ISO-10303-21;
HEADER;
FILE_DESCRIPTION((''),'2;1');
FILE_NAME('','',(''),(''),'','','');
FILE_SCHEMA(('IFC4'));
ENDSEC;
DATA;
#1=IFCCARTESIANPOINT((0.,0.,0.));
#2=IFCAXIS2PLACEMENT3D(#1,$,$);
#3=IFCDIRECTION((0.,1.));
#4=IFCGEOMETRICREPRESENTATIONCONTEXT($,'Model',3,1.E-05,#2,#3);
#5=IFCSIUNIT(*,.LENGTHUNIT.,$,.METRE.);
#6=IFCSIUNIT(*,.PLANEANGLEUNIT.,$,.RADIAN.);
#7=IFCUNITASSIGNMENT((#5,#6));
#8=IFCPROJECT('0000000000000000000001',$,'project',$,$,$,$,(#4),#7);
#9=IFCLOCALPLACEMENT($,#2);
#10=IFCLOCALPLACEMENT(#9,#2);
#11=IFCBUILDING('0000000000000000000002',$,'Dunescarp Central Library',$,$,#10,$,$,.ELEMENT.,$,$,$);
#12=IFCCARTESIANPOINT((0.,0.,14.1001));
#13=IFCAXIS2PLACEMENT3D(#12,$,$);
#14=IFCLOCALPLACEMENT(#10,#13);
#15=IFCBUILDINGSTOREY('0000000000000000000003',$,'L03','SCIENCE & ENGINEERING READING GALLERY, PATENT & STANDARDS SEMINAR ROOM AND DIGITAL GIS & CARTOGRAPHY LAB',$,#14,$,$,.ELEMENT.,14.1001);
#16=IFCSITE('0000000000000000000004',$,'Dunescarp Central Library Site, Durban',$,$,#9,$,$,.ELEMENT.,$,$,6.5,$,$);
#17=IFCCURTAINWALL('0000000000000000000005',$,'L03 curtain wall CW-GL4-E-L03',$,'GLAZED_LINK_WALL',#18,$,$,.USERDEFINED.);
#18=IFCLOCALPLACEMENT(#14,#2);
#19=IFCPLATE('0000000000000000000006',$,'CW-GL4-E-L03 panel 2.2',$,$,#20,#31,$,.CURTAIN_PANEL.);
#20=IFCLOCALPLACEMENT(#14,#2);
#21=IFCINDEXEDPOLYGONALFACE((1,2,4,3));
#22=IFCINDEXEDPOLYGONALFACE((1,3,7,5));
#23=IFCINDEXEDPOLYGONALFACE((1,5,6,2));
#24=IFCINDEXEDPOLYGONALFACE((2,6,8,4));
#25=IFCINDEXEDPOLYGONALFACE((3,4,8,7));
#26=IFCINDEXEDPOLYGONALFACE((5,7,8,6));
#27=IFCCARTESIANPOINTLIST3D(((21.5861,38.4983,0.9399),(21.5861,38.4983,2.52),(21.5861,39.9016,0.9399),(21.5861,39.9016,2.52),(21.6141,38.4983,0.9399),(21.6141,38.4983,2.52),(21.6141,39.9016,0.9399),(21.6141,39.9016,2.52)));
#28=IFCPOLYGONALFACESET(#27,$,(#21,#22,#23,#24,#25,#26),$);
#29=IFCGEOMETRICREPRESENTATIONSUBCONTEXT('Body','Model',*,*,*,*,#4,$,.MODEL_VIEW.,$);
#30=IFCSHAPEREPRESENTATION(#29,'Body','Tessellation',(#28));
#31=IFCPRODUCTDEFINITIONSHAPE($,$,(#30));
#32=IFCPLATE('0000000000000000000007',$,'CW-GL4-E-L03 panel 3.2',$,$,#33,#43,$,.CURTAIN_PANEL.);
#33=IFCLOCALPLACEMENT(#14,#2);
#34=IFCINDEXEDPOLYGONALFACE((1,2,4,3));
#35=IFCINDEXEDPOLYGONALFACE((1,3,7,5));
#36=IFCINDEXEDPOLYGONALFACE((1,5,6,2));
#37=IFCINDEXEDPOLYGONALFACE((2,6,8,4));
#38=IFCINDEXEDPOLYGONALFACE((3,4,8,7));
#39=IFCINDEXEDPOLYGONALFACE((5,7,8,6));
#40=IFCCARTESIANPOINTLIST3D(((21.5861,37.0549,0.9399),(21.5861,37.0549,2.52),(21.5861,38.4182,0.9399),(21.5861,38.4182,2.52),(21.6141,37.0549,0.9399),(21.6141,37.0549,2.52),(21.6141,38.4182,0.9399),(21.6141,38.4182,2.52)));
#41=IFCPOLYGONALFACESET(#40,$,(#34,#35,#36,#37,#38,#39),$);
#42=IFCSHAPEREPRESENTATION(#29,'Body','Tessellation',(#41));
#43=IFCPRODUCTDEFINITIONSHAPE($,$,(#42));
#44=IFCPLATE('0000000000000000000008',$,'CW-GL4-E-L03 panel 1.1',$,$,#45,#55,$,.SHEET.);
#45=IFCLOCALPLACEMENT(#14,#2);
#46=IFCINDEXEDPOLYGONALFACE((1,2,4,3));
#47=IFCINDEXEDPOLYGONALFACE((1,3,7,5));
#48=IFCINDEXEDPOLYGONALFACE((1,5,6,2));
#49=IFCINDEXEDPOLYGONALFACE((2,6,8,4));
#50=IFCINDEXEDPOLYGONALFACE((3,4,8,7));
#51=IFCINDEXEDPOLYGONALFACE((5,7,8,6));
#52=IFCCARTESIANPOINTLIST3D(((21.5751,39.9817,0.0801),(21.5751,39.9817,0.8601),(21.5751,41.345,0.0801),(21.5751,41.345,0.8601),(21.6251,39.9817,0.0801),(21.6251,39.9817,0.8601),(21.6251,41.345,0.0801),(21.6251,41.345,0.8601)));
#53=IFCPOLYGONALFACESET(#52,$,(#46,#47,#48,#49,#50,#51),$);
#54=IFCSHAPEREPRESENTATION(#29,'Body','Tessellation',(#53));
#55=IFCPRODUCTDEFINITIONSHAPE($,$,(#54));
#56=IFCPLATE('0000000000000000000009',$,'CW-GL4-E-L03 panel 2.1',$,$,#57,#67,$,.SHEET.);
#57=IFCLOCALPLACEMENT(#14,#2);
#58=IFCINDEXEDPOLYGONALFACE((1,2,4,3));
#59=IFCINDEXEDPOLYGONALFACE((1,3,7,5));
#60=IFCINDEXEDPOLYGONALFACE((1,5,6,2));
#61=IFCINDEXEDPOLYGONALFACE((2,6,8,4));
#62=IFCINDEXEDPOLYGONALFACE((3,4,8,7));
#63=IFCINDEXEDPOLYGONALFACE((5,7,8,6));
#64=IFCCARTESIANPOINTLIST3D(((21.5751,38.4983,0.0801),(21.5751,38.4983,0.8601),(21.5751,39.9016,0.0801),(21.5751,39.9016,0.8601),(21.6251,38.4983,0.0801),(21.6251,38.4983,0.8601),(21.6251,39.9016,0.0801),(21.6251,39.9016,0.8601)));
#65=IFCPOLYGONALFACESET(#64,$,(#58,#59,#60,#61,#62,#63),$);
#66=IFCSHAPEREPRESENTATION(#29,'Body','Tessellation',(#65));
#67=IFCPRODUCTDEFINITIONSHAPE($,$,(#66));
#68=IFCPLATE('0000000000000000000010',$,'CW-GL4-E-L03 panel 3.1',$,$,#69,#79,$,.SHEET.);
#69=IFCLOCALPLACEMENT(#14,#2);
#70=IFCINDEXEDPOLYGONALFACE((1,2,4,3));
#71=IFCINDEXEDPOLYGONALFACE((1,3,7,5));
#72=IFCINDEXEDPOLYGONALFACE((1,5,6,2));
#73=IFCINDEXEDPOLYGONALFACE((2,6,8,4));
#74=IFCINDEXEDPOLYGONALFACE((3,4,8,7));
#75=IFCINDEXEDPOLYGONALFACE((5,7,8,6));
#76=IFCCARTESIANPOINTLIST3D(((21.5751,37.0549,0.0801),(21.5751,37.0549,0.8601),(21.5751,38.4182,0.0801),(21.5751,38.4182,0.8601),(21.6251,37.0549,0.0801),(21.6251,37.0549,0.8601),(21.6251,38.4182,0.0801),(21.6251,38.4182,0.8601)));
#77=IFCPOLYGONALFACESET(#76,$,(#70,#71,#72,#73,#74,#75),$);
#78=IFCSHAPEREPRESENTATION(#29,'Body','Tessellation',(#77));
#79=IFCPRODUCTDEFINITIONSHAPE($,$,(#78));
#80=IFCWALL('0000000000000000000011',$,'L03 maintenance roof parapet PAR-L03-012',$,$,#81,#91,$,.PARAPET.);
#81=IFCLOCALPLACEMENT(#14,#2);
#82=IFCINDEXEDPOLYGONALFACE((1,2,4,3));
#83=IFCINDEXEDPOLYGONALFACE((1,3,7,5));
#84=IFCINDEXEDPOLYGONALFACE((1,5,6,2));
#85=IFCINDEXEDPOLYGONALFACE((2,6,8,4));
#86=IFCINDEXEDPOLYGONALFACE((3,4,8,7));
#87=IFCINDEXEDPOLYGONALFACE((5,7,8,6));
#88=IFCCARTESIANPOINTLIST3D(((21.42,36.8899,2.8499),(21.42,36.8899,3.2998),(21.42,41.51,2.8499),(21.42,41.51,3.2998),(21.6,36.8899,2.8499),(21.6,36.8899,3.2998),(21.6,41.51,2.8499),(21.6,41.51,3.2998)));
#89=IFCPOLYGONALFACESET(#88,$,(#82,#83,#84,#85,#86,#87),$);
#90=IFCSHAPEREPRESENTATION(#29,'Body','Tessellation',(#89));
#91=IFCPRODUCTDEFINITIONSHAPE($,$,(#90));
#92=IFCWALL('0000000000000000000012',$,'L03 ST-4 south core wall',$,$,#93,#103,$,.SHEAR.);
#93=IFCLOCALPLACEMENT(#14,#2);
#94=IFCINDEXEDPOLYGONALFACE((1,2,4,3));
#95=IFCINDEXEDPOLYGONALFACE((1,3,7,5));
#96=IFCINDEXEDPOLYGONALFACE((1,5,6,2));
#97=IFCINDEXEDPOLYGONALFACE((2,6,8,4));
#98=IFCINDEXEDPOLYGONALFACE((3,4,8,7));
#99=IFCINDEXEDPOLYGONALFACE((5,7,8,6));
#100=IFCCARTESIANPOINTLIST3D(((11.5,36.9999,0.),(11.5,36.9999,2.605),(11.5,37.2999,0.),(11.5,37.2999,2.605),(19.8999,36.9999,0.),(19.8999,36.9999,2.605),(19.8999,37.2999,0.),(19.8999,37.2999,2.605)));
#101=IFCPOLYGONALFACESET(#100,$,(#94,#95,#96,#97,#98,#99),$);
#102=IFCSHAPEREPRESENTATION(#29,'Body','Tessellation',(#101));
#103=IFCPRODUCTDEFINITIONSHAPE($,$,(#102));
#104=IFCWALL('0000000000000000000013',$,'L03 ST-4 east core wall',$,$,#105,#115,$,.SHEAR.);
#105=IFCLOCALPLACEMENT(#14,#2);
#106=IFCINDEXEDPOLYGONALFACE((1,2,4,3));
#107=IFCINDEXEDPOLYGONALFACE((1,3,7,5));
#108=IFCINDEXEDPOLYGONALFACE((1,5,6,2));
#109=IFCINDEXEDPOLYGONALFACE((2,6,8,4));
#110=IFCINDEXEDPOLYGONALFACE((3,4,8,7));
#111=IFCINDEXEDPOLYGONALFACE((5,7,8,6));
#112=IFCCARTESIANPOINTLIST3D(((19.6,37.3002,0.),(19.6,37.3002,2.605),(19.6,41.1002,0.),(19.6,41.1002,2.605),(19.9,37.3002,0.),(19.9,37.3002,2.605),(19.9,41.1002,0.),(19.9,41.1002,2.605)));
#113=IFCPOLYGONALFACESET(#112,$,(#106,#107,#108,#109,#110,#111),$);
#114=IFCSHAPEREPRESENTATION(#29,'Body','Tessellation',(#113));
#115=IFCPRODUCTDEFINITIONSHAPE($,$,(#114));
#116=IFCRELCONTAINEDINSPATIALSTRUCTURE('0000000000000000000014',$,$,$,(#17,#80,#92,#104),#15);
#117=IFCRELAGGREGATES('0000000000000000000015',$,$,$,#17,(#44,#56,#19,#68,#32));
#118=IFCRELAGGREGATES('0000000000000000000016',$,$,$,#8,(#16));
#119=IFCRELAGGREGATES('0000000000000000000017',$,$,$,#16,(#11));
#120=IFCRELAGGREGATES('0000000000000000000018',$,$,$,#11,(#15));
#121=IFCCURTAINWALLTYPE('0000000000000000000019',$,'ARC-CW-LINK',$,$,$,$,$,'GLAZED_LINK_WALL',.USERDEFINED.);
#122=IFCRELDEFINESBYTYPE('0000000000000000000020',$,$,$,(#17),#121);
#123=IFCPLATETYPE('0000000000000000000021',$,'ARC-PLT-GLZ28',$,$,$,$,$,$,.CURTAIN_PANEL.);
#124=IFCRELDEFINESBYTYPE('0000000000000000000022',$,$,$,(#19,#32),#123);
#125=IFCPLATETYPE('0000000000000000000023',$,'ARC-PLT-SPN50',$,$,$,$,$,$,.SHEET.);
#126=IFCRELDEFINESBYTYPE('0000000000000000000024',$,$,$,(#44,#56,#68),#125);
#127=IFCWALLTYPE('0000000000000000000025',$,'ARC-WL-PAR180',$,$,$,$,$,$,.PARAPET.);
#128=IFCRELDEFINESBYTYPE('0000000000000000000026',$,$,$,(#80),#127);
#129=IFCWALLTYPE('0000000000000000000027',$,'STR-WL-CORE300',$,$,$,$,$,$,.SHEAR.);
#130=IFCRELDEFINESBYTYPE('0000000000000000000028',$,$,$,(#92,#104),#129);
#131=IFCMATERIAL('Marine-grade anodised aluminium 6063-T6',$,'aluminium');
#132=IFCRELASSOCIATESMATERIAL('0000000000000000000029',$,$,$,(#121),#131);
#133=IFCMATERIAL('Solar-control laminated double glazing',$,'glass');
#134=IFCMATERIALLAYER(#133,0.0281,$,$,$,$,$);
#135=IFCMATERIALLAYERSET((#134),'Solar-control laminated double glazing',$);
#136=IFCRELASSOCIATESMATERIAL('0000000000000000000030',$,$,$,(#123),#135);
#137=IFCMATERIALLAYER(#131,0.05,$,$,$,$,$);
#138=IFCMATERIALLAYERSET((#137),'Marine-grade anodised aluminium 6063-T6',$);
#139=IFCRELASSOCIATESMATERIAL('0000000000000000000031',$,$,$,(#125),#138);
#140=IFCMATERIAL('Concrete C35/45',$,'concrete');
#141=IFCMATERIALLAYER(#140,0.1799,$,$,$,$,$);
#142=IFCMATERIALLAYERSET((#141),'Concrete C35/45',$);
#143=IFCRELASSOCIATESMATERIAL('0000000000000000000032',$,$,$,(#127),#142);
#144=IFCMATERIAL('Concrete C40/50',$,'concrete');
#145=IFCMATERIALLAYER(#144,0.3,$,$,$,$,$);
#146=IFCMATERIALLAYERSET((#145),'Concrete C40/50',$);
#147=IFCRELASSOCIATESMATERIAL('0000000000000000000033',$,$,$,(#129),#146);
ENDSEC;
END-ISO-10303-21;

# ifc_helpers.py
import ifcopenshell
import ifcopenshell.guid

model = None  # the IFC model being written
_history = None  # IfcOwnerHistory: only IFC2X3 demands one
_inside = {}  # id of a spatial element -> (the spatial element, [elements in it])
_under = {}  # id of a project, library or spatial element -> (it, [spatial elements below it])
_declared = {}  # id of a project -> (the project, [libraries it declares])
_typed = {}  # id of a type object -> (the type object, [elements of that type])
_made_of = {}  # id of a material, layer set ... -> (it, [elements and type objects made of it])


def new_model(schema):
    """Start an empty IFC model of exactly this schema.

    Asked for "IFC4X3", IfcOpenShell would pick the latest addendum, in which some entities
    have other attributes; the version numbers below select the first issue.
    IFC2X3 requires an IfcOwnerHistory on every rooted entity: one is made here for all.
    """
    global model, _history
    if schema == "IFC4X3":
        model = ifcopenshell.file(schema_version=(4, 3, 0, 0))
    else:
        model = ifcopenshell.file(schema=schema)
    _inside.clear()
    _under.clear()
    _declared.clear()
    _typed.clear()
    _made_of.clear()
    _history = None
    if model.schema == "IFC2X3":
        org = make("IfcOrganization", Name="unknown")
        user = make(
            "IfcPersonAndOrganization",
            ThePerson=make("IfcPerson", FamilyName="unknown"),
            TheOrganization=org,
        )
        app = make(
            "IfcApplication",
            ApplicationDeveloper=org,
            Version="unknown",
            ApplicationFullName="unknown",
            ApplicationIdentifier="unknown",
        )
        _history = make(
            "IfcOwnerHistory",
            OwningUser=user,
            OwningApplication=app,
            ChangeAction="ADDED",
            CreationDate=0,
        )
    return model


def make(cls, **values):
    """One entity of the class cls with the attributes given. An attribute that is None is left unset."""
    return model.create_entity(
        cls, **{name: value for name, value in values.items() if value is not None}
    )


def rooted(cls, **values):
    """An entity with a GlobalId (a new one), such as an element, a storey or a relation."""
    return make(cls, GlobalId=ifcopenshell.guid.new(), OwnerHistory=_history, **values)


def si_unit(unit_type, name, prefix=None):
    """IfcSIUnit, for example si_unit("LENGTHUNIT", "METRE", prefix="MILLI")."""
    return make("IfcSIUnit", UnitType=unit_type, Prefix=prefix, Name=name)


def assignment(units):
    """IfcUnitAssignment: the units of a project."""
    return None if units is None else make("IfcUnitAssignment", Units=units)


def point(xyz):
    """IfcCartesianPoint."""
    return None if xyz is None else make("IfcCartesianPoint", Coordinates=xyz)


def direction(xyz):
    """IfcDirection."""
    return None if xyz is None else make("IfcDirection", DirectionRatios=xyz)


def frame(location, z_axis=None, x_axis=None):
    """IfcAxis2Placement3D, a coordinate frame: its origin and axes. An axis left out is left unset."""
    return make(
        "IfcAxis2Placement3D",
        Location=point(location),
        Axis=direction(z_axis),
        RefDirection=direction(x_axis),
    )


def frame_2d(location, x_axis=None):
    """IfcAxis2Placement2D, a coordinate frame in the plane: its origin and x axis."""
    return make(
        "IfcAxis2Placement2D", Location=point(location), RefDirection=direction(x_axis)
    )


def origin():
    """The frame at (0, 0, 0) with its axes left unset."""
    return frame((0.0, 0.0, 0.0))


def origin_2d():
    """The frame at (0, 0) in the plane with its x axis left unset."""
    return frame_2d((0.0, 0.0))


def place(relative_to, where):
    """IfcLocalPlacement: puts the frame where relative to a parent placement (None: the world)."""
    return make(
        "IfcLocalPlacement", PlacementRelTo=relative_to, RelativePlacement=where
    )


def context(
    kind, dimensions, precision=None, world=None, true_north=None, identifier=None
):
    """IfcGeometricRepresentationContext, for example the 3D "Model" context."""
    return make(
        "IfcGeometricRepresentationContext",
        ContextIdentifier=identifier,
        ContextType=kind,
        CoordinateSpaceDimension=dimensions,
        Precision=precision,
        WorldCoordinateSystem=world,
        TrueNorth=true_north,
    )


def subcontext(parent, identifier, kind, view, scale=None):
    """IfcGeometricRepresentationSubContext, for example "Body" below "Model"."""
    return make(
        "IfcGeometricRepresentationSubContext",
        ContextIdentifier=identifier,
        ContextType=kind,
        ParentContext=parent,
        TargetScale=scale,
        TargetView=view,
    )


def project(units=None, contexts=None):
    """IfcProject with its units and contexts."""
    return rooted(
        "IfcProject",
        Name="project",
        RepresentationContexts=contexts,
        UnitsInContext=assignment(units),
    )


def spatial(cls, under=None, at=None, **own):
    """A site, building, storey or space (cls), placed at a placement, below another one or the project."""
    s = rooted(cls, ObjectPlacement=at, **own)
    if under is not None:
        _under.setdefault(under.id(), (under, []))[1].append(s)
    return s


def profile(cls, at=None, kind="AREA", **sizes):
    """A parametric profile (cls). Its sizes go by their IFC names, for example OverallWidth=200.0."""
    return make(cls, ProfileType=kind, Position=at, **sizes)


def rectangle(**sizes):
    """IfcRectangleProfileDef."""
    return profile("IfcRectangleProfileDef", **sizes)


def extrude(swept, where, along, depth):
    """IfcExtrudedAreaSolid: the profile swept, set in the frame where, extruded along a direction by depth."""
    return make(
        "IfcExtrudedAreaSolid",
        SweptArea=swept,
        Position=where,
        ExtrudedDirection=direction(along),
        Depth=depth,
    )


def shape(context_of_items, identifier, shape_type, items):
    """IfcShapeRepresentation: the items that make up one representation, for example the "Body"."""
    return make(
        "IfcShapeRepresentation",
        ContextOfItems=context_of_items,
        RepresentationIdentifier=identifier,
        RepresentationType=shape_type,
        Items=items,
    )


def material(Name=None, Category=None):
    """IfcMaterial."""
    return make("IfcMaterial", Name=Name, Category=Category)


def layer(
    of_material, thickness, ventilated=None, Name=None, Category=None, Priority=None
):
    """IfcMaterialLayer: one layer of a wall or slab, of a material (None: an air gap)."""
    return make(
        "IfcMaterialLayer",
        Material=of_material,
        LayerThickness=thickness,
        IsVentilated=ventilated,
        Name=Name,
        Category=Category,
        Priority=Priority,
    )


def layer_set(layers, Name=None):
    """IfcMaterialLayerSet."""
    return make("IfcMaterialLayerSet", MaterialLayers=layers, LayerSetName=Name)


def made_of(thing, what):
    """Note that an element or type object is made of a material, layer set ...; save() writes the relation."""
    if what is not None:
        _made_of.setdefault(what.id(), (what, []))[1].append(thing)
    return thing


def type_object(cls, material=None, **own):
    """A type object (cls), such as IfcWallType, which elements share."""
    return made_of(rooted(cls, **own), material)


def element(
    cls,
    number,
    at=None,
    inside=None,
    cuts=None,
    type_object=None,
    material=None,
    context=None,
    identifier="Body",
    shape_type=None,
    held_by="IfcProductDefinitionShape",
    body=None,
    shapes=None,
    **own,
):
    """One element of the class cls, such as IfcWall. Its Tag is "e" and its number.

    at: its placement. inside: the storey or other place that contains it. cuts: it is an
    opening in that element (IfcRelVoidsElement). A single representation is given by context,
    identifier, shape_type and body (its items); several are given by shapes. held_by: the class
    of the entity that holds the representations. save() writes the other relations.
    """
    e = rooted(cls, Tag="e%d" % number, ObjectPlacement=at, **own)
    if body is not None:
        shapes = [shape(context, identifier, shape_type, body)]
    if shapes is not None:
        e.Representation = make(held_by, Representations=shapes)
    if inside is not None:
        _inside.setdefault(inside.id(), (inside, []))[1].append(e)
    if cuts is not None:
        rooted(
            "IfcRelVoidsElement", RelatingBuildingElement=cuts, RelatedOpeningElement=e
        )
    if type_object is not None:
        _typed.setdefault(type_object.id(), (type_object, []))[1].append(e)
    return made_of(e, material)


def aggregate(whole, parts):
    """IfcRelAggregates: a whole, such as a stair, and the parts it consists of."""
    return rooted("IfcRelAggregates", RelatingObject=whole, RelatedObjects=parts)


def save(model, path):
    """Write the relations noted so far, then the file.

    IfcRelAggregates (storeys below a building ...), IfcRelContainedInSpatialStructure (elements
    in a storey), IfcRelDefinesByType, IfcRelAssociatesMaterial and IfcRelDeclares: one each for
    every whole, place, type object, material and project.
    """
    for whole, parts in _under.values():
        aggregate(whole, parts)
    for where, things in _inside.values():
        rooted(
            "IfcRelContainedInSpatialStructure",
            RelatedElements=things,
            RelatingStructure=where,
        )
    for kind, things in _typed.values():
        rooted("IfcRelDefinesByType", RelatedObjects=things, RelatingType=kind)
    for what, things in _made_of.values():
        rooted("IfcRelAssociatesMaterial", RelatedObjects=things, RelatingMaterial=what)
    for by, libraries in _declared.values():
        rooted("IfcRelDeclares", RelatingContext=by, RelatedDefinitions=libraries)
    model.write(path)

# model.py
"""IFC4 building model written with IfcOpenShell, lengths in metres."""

from ifc_helpers import new_model, si_unit, direction, frame, frame_2d, origin, origin_2d, place, context, subcontext, project, spatial, rectangle, extrude, material, layer, layer_set, type_object, element, aggregate, save


model = new_model("IFC4")

# Units and contexts
model_context = context("Model", 3, precision=1e-05, world=origin(), true_north=direction((0.0, 1.0)))
body_context = subcontext(model_context, "Body", "Model", "MODEL_VIEW")
ifc_project = project(units=[si_unit("LENGTHUNIT", "METRE"), si_unit("PLANEANGLEUNIT", "RADIAN")], contexts=[model_context])

# Site, building, storey
site_placement = place(None, origin())
site = spatial("IfcSite", under=ifc_project, at=site_placement, Name="Dunescarp Central Library Site, Durban", CompositionType="ELEMENT", RefElevation=6.5)
building_placement = place(site_placement, origin())
building = spatial("IfcBuilding", under=site, at=building_placement, Name="Dunescarp Central Library", CompositionType="ELEMENT")
storey_placement = place(building_placement, frame((0.0, 0.0, 14.1001)))
storey = spatial("IfcBuildingStorey", under=building, at=storey_placement, Name="L03", Description="SCIENCE & ENGINEERING READING GALLERY, PATENT & STANDARDS SEMINAR ROOM AND DIGITAL GIS & CARTOGRAPHY LAB", CompositionType="ELEMENT", Elevation=14.1001)

# Curtain wall
ifc_material_1 = material(Name="Marine-grade anodised aluminium 6063-T6", Category="aluminium")
curtain_wall_type = type_object("IfcCurtainWallType", Name="ARC-CW-LINK", ElementType="GLAZED_LINK_WALL", PredefinedType="USERDEFINED", material=ifc_material_1)
curtain_wall_placement = place(storey_placement, origin())
curtain_wall = element("IfcCurtainWall", 1, at=curtain_wall_placement, inside=storey, type_object=curtain_wall_type, Name="L03 curtain wall CW-GL4-E-L03", ObjectType="GLAZED_LINK_WALL", PredefinedType="USERDEFINED")

# Plates
ifc_material_2 = material(Name="Solar-control laminated double glazing", Category="glass")
ifc_layer_1 = layer(ifc_material_2, 0.0281)
ifc_layer_set_1 = layer_set([ifc_layer_1], Name="Solar-control laminated double glazing")
plate_type_1 = type_object("IfcPlateType", Name="ARC-PLT-GLZ28", PredefinedType="CURTAIN_PANEL", material=ifc_layer_set_1)
plate_1_placement = place(storey_placement, frame((21.6001, 39.2, 0.9399), z_axis=(0.0, 0.0, 1.0), x_axis=(0.0, -1.0, 0.0)))
plate_1 = element("IfcPlate", 2, at=plate_1_placement, type_object=plate_type_1, Name="CW-GL4-E-L03 panel 2.2", PredefinedType="CURTAIN_PANEL", context=body_context, shape_type="SweptSolid", body=[
    extrude(rectangle(XDim=1.4033, YDim=0.0281, at=origin_2d()), origin(), (0.0, 0.0, 1.0), 1.5801),
])
plate_2_placement = place(storey_placement, frame((21.6001, 37.7366, 0.9399), z_axis=(0.0, 0.0, 1.0), x_axis=(0.0, -1.0, 0.0)))
plate_2 = element("IfcPlate", 3, at=plate_2_placement, type_object=plate_type_1, Name="CW-GL4-E-L03 panel 3.2", PredefinedType="CURTAIN_PANEL", context=body_context, shape_type="SweptSolid", body=[
    extrude(rectangle(XDim=1.3633, YDim=0.0281, at=origin_2d()), origin(), (0.0, 0.0, 1.0), 1.5801),
])
ifc_layer_2 = layer(ifc_material_1, 0.05)
ifc_layer_set_2 = layer_set([ifc_layer_2], Name="Marine-grade anodised aluminium 6063-T6")
plate_type_2 = type_object("IfcPlateType", Name="ARC-PLT-SPN50", PredefinedType="SHEET", material=ifc_layer_set_2)
plate_3_placement = place(storey_placement, frame((21.6001, 40.6633, 0.0801), z_axis=(0.0, 0.0, 1.0), x_axis=(0.0, -1.0, 0.0)))
plate_3 = element("IfcPlate", 4, at=plate_3_placement, type_object=plate_type_2, Name="CW-GL4-E-L03 panel 1.1", PredefinedType="SHEET", context=body_context, shape_type="SweptSolid", body=[
    extrude(rectangle(XDim=1.3633, YDim=0.05, at=origin_2d()), origin(), (0.0, 0.0, 1.0), 0.78),
])
plate_4_placement = place(storey_placement, frame((21.6001, 39.2, 0.0801), z_axis=(0.0, 0.0, 1.0), x_axis=(0.0, -1.0, 0.0)))
plate_4 = element("IfcPlate", 5, at=plate_4_placement, type_object=plate_type_2, Name="CW-GL4-E-L03 panel 2.1", PredefinedType="SHEET", context=body_context, shape_type="SweptSolid", body=[
    extrude(rectangle(XDim=1.4033, YDim=0.05, at=origin_2d()), origin(), (0.0, 0.0, 1.0), 0.78),
])
plate_5_placement = place(storey_placement, frame((21.6001, 37.7366, 0.0801), z_axis=(0.0, 0.0, 1.0), x_axis=(0.0, -1.0, 0.0)))
plate_5 = element("IfcPlate", 6, at=plate_5_placement, type_object=plate_type_2, Name="CW-GL4-E-L03 panel 3.1", PredefinedType="SHEET", context=body_context, shape_type="SweptSolid", body=[
    extrude(rectangle(XDim=1.3633, YDim=0.05, at=origin_2d()), origin(), (0.0, 0.0, 1.0), 0.78),
])
aggregate(curtain_wall, [plate_3, plate_4, plate_1, plate_5, plate_2])

# Walls
ifc_material_3 = material(Name="Concrete C35/45", Category="concrete")
ifc_layer_3 = layer(ifc_material_3, 0.1799)
ifc_layer_set_3 = layer_set([ifc_layer_3], Name="Concrete C35/45")
wall_type_1 = type_object("IfcWallType", Name="ARC-WL-PAR180", PredefinedType="PARAPET", material=ifc_layer_set_3)
wall_1_placement = place(storey_placement, frame((21.51, 41.51, 2.8499), z_axis=(0.0, 0.0, 1.0), x_axis=(0.0, -1.0, 0.0)))
element("IfcWall", 7, at=wall_1_placement, inside=storey, type_object=wall_type_1, Name="L03 maintenance roof parapet PAR-L03-012", PredefinedType="PARAPET", context=body_context, shape_type="SweptSolid", body=[
    extrude(rectangle(XDim=4.6201, YDim=0.1799, at=frame_2d((2.3101, 0.0))), origin(), (0.0, 0.0, 1.0), 0.45),
])
ifc_material_4 = material(Name="Concrete C40/50", Category="concrete")
ifc_layer_4 = layer(ifc_material_4, 0.3)
ifc_layer_set_4 = layer_set([ifc_layer_4], Name="Concrete C40/50")
wall_type_2 = type_object("IfcWallType", Name="STR-WL-CORE300", PredefinedType="SHEAR", material=ifc_layer_set_4)
wall_2_placement = place(storey_placement, frame((19.8999, 37.1499, 0.0), z_axis=(0.0, 0.0, 1.0), x_axis=(-1.0, 0.0, 0.0)))
element("IfcWall", 8, at=wall_2_placement, inside=storey, type_object=wall_type_2, Name="L03 ST-4 south core wall", PredefinedType="SHEAR", context=body_context, shape_type="SweptSolid", body=[
    extrude(rectangle(XDim=8.3999, YDim=0.3, at=frame_2d((4.2, 0.0))), origin(), (0.0, 0.0, 1.0), 2.605),
])
wall_3_placement = place(storey_placement, frame((19.75, 41.1001, 0.0), z_axis=(0.0, 0.0, 1.0), x_axis=(0.0, -1.0, 0.0)))
element("IfcWall", 9, at=wall_3_placement, inside=storey, type_object=wall_type_2, Name="L03 ST-4 east core wall", PredefinedType="SHEAR", context=body_context, shape_type="SweptSolid", body=[
    extrude(rectangle(XDim=3.8, YDim=0.3, at=frame_2d((1.8999, 0.0))), origin(), (0.0, 0.0, 1.0), 2.605),
])

save(model, "model.ifc")
